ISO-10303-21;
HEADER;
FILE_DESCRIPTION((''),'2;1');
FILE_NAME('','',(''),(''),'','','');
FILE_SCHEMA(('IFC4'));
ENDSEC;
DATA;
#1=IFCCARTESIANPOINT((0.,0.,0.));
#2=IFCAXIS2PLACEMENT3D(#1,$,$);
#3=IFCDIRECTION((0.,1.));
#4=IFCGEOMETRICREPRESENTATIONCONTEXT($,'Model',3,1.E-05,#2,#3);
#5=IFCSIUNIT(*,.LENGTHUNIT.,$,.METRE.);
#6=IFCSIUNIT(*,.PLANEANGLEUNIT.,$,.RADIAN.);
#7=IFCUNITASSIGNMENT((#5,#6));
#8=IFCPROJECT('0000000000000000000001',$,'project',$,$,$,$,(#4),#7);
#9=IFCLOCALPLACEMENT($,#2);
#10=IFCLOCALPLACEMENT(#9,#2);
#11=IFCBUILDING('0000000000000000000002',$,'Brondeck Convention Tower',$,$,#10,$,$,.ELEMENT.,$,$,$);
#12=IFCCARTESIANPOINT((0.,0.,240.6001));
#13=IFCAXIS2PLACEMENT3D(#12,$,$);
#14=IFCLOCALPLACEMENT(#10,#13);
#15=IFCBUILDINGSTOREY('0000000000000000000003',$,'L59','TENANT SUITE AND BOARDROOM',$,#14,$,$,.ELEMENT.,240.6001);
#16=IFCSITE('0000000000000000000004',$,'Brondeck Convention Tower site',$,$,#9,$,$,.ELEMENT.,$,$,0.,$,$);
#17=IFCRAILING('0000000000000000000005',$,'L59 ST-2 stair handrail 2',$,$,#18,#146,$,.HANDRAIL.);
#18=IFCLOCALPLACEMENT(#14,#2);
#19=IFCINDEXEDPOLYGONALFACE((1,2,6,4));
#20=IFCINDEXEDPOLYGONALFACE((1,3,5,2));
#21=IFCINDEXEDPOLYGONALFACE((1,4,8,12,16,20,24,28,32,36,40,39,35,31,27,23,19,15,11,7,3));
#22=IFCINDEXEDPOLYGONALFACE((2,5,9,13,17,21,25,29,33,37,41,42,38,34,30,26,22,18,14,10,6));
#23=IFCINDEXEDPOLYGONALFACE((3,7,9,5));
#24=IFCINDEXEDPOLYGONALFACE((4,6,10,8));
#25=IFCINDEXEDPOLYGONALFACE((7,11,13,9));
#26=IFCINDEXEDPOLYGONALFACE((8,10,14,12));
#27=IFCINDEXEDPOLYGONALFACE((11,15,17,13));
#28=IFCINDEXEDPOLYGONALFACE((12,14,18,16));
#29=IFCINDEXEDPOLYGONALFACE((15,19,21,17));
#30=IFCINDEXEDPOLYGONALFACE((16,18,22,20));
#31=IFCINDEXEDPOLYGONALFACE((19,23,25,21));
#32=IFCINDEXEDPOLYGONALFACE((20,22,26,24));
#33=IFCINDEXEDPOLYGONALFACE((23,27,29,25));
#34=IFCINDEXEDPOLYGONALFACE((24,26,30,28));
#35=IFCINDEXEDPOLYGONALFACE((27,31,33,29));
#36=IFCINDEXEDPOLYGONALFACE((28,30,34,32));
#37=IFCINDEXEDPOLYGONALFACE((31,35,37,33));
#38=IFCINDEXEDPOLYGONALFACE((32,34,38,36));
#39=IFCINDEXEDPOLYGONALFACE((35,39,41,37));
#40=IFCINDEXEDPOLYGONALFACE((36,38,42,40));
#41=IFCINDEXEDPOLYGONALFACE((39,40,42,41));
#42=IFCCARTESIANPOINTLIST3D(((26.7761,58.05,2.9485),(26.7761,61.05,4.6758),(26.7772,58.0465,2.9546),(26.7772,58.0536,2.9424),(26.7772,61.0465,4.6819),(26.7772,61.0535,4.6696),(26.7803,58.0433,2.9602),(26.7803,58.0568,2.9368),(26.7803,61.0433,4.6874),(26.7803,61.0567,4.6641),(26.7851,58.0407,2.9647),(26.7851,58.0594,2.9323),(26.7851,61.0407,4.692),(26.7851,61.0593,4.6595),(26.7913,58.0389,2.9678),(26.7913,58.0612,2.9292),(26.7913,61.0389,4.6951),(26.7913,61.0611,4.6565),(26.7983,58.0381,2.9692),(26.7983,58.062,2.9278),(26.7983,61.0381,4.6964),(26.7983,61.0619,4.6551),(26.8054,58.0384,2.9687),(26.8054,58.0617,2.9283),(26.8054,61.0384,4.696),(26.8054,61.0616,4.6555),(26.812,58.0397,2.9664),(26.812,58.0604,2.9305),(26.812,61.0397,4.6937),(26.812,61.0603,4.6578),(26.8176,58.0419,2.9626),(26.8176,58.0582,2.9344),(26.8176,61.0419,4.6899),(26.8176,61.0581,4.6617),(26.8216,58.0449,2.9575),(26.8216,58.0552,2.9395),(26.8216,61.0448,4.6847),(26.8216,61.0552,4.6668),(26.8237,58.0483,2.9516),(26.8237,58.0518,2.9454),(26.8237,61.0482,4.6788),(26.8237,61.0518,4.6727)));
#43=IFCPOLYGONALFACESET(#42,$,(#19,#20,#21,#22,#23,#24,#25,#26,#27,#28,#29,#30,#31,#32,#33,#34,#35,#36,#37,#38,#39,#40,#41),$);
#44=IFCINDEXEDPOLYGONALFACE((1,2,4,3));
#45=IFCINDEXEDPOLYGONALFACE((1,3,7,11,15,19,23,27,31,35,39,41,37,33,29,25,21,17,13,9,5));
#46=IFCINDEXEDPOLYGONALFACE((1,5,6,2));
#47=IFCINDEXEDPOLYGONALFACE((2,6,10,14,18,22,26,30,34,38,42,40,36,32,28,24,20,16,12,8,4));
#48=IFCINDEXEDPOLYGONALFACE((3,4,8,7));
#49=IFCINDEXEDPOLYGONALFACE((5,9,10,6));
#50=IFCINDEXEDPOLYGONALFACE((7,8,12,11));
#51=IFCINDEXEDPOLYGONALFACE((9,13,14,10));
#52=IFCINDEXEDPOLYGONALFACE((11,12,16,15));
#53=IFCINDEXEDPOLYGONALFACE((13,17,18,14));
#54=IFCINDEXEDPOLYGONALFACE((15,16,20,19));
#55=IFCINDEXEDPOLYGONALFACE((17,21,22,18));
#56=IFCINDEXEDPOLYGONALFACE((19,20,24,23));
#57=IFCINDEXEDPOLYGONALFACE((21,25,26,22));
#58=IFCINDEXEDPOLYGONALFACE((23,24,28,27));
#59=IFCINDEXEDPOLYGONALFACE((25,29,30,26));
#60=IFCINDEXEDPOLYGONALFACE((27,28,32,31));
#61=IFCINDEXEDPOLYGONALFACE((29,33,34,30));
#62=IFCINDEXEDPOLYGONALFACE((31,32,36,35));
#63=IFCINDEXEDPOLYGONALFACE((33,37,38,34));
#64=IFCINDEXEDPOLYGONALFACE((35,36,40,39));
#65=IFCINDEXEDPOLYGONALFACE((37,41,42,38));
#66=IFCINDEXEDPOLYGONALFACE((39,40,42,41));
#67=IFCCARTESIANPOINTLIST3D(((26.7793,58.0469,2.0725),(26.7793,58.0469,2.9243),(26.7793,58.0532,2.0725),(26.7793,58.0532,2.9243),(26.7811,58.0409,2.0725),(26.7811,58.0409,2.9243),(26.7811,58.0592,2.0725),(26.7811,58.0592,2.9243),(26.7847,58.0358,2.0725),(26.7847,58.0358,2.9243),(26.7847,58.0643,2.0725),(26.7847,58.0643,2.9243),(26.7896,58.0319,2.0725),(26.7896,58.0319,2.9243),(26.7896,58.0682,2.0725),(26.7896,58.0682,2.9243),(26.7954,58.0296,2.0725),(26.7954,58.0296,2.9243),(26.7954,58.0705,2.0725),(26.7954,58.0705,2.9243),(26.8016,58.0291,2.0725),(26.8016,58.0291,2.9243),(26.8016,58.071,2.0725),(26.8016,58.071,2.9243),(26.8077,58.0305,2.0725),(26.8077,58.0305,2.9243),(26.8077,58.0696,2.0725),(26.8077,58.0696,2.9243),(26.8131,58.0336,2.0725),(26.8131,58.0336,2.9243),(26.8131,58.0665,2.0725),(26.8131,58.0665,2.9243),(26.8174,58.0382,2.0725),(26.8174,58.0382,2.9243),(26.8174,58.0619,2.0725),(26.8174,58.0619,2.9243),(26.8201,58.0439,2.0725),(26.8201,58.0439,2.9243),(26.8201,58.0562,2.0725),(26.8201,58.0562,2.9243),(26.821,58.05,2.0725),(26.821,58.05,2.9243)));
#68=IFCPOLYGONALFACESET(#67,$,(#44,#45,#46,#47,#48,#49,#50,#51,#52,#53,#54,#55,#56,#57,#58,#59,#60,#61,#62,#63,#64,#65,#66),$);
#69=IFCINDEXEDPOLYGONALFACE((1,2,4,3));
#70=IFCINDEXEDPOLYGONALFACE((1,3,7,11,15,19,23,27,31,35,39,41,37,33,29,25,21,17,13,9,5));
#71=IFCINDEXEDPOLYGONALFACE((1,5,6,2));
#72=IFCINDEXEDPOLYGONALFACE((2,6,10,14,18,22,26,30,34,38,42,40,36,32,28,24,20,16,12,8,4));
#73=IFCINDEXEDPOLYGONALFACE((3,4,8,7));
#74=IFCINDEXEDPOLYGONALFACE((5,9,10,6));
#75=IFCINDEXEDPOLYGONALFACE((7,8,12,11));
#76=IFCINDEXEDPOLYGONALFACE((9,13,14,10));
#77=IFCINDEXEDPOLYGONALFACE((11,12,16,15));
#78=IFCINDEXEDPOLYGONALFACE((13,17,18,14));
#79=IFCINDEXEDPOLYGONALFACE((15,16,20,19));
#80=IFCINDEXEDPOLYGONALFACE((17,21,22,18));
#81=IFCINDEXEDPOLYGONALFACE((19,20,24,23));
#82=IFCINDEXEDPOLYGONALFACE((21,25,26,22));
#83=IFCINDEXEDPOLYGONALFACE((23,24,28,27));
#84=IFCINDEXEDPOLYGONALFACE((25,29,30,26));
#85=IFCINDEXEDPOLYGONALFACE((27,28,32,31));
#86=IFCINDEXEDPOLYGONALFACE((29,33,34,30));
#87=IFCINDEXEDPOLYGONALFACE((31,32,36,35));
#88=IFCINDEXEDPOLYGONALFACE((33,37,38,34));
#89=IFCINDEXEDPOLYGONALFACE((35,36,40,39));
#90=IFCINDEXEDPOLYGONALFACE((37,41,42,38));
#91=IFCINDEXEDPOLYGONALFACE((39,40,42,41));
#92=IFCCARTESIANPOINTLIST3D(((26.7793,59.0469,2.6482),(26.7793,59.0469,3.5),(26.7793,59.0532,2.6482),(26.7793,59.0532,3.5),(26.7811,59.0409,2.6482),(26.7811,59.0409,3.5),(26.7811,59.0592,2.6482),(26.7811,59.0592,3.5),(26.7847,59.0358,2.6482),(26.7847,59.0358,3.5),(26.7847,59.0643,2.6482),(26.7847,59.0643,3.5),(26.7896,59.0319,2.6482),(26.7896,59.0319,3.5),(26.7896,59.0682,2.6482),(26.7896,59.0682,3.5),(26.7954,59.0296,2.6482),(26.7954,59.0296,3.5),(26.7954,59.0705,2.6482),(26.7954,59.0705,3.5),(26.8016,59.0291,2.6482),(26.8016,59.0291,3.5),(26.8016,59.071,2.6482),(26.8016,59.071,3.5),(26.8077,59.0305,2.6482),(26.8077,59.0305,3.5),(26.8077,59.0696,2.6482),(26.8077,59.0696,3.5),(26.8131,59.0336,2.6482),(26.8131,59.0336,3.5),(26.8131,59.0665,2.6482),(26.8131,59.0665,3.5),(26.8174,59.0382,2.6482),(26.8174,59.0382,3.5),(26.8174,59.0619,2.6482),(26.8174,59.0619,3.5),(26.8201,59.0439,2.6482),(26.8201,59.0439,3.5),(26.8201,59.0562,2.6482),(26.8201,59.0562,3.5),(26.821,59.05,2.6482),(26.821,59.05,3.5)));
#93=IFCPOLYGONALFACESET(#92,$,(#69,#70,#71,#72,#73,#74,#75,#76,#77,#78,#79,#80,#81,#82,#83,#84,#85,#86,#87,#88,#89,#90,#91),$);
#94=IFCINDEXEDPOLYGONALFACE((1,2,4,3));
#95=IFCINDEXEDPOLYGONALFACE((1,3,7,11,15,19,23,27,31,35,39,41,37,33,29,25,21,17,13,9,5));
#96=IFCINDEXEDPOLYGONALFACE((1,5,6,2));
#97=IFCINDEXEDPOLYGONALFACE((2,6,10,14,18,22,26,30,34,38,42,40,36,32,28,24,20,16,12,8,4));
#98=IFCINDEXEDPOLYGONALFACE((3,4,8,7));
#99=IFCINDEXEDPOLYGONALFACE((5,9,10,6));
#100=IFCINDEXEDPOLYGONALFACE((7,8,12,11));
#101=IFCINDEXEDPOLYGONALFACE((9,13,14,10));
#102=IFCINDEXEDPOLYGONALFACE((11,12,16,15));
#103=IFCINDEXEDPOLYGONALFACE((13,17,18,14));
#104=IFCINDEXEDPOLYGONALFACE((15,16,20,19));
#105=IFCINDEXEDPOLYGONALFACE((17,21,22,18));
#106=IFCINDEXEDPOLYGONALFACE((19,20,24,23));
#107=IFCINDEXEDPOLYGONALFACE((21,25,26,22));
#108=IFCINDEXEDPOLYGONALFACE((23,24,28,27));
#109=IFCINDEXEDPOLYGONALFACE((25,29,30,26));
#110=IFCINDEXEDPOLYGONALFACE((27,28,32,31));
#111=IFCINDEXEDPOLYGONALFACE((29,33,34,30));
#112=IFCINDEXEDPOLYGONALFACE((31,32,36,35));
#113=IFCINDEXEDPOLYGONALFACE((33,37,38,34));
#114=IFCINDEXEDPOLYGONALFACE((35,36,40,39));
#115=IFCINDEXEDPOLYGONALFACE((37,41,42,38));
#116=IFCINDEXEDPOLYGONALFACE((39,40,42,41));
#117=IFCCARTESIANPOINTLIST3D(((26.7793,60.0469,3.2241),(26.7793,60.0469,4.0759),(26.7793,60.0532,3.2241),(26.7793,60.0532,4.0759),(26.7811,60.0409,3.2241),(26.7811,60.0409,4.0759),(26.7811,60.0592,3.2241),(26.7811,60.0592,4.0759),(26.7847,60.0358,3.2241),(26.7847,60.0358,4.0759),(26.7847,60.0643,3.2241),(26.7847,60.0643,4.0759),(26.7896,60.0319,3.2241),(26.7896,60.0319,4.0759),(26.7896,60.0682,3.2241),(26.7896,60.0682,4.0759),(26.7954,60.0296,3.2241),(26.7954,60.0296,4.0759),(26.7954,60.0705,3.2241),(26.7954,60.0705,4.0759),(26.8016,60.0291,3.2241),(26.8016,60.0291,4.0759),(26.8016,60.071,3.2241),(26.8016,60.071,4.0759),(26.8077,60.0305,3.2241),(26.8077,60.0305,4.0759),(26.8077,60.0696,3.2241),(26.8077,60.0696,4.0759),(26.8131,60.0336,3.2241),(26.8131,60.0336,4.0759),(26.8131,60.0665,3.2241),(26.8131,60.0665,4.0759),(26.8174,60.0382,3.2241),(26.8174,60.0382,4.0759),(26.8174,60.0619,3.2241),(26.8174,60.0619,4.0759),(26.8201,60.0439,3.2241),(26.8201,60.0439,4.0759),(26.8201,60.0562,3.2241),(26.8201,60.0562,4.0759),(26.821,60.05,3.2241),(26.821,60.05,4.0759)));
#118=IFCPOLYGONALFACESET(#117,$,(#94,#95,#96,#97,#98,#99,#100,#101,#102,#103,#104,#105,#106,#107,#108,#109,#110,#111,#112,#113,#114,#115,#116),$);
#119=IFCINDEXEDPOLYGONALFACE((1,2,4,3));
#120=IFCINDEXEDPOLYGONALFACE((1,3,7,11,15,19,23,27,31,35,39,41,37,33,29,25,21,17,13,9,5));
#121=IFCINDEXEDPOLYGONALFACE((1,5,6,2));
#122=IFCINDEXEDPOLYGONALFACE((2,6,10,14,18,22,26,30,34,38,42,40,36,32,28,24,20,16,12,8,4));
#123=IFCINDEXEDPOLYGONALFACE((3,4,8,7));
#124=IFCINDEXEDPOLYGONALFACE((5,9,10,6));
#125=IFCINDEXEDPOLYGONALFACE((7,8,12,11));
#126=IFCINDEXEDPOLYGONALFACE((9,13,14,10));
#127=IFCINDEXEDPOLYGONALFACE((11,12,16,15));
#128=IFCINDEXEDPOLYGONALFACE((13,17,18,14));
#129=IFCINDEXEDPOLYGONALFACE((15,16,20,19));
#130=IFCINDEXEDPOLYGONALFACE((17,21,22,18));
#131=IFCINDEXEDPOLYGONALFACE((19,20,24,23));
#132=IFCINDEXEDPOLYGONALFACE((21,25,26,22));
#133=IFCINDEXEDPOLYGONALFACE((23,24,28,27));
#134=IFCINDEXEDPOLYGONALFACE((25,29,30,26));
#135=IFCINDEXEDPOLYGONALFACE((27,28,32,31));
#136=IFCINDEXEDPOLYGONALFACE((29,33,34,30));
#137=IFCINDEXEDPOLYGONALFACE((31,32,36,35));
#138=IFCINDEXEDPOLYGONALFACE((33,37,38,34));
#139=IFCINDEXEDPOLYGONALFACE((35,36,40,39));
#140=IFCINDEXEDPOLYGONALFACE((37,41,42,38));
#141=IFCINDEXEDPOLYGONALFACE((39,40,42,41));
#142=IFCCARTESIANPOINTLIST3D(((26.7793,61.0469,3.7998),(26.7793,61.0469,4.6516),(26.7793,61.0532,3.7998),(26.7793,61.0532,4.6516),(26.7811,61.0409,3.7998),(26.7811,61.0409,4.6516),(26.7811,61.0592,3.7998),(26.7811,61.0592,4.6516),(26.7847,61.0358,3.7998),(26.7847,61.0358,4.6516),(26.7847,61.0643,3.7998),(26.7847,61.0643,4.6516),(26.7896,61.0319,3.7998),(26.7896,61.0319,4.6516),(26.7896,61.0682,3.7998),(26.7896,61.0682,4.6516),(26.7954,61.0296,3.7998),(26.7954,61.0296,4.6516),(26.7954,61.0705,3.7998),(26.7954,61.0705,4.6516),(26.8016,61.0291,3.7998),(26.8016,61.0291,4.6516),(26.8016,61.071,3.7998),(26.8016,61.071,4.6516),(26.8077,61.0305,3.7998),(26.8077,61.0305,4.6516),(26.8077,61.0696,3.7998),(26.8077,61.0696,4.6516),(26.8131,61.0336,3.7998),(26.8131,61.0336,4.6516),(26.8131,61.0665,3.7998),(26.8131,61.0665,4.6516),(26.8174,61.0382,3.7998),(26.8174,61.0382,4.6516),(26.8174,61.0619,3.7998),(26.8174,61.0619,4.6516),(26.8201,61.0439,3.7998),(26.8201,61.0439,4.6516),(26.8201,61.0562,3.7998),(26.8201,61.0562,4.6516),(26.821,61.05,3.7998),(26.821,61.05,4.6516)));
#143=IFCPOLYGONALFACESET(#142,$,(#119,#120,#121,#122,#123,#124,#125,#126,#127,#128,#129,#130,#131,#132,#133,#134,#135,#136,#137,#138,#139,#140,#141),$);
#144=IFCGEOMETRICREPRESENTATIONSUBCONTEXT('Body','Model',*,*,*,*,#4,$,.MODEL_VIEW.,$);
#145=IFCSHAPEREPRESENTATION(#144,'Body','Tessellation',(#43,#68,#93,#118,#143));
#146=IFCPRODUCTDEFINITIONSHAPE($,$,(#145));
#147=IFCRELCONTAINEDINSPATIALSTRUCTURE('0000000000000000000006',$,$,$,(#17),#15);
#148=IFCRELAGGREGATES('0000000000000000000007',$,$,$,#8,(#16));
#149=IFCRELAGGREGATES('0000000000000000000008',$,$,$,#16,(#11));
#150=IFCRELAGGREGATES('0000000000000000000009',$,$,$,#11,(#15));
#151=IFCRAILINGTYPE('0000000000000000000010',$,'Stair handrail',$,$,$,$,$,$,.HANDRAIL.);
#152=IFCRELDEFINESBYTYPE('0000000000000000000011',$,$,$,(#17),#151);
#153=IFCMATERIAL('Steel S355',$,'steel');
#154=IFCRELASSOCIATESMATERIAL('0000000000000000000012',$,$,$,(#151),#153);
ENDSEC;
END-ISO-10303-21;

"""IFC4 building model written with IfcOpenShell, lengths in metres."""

from ifc_helpers import new_model, si_unit, direction, frame, origin, origin_2d, place, context, subcontext, project, spatial, circle, extrude, material, type_object, element, save


model = new_model("IFC4")

# Units and contexts
model_context = context("Model", 3, precision=1e-05, world=origin(), true_north=direction((0.0, 1.0)))
body_context = subcontext(model_context, "Body", "Model", "MODEL_VIEW")
ifc_project = project(units=[si_unit("LENGTHUNIT", "METRE"), si_unit("PLANEANGLEUNIT", "RADIAN")], contexts=[model_context])

# Site, building, storey
site_placement = place(None, origin())
site = spatial("IfcSite", under=ifc_project, at=site_placement, Name="Brondeck Convention Tower site", CompositionType="ELEMENT", RefElevation=0.0)
building_placement = place(site_placement, origin())
building = spatial("IfcBuilding", under=site, at=building_placement, Name="Brondeck Convention Tower", CompositionType="ELEMENT")
storey_placement = place(building_placement, frame((0.0, 0.0, 240.6001)))
storey = spatial("IfcBuildingStorey", under=building, at=storey_placement, Name="L59", Description="TENANT SUITE AND BOARDROOM", CompositionType="ELEMENT", Elevation=240.6001)

# Railing
ifc_material_1 = material(Name="Steel S355", Category="steel")
railing_type_1 = type_object("IfcRailingType", Name="Stair handrail", PredefinedType="HANDRAIL", material=ifc_material_1)
railing_1_placement = place(storey_placement, frame((26.8, 58.05, 2.0725)))
element("IfcRailing", 1, at=railing_1_placement, inside=storey, type_object=railing_type_1, Name="L59 ST-2 stair handrail 2", PredefinedType="HANDRAIL", context=body_context, shape_type="SweptSolid", body=[
    extrude(circle(Radius=0.0239, at=origin_2d()), frame((0.0, 0.0, 0.876), z_axis=(0.0, 0.86662, 0.498969), x_axis=(-1.0, 0.0, 0.0)), (0.0, 0.0, 1.0), 3.4617),
    extrude(circle(Radius=0.021, at=origin_2d()), origin(), (0.0, 0.0, 1.0), 0.8518),
    extrude(circle(Radius=0.021, at=origin_2d()), frame((0.0, 1.0, 0.5757)), (0.0, 0.0, 1.0), 0.8518),
    extrude(circle(Radius=0.021, at=origin_2d()), frame((0.0, 2.0, 1.1516)), (0.0, 0.0, 1.0), 0.8518),
    extrude(circle(Radius=0.021, at=origin_2d()), frame((0.0, 3.0, 1.7273)), (0.0, 0.0, 1.0), 0.8518),
])

save(model, "model.ifc")
